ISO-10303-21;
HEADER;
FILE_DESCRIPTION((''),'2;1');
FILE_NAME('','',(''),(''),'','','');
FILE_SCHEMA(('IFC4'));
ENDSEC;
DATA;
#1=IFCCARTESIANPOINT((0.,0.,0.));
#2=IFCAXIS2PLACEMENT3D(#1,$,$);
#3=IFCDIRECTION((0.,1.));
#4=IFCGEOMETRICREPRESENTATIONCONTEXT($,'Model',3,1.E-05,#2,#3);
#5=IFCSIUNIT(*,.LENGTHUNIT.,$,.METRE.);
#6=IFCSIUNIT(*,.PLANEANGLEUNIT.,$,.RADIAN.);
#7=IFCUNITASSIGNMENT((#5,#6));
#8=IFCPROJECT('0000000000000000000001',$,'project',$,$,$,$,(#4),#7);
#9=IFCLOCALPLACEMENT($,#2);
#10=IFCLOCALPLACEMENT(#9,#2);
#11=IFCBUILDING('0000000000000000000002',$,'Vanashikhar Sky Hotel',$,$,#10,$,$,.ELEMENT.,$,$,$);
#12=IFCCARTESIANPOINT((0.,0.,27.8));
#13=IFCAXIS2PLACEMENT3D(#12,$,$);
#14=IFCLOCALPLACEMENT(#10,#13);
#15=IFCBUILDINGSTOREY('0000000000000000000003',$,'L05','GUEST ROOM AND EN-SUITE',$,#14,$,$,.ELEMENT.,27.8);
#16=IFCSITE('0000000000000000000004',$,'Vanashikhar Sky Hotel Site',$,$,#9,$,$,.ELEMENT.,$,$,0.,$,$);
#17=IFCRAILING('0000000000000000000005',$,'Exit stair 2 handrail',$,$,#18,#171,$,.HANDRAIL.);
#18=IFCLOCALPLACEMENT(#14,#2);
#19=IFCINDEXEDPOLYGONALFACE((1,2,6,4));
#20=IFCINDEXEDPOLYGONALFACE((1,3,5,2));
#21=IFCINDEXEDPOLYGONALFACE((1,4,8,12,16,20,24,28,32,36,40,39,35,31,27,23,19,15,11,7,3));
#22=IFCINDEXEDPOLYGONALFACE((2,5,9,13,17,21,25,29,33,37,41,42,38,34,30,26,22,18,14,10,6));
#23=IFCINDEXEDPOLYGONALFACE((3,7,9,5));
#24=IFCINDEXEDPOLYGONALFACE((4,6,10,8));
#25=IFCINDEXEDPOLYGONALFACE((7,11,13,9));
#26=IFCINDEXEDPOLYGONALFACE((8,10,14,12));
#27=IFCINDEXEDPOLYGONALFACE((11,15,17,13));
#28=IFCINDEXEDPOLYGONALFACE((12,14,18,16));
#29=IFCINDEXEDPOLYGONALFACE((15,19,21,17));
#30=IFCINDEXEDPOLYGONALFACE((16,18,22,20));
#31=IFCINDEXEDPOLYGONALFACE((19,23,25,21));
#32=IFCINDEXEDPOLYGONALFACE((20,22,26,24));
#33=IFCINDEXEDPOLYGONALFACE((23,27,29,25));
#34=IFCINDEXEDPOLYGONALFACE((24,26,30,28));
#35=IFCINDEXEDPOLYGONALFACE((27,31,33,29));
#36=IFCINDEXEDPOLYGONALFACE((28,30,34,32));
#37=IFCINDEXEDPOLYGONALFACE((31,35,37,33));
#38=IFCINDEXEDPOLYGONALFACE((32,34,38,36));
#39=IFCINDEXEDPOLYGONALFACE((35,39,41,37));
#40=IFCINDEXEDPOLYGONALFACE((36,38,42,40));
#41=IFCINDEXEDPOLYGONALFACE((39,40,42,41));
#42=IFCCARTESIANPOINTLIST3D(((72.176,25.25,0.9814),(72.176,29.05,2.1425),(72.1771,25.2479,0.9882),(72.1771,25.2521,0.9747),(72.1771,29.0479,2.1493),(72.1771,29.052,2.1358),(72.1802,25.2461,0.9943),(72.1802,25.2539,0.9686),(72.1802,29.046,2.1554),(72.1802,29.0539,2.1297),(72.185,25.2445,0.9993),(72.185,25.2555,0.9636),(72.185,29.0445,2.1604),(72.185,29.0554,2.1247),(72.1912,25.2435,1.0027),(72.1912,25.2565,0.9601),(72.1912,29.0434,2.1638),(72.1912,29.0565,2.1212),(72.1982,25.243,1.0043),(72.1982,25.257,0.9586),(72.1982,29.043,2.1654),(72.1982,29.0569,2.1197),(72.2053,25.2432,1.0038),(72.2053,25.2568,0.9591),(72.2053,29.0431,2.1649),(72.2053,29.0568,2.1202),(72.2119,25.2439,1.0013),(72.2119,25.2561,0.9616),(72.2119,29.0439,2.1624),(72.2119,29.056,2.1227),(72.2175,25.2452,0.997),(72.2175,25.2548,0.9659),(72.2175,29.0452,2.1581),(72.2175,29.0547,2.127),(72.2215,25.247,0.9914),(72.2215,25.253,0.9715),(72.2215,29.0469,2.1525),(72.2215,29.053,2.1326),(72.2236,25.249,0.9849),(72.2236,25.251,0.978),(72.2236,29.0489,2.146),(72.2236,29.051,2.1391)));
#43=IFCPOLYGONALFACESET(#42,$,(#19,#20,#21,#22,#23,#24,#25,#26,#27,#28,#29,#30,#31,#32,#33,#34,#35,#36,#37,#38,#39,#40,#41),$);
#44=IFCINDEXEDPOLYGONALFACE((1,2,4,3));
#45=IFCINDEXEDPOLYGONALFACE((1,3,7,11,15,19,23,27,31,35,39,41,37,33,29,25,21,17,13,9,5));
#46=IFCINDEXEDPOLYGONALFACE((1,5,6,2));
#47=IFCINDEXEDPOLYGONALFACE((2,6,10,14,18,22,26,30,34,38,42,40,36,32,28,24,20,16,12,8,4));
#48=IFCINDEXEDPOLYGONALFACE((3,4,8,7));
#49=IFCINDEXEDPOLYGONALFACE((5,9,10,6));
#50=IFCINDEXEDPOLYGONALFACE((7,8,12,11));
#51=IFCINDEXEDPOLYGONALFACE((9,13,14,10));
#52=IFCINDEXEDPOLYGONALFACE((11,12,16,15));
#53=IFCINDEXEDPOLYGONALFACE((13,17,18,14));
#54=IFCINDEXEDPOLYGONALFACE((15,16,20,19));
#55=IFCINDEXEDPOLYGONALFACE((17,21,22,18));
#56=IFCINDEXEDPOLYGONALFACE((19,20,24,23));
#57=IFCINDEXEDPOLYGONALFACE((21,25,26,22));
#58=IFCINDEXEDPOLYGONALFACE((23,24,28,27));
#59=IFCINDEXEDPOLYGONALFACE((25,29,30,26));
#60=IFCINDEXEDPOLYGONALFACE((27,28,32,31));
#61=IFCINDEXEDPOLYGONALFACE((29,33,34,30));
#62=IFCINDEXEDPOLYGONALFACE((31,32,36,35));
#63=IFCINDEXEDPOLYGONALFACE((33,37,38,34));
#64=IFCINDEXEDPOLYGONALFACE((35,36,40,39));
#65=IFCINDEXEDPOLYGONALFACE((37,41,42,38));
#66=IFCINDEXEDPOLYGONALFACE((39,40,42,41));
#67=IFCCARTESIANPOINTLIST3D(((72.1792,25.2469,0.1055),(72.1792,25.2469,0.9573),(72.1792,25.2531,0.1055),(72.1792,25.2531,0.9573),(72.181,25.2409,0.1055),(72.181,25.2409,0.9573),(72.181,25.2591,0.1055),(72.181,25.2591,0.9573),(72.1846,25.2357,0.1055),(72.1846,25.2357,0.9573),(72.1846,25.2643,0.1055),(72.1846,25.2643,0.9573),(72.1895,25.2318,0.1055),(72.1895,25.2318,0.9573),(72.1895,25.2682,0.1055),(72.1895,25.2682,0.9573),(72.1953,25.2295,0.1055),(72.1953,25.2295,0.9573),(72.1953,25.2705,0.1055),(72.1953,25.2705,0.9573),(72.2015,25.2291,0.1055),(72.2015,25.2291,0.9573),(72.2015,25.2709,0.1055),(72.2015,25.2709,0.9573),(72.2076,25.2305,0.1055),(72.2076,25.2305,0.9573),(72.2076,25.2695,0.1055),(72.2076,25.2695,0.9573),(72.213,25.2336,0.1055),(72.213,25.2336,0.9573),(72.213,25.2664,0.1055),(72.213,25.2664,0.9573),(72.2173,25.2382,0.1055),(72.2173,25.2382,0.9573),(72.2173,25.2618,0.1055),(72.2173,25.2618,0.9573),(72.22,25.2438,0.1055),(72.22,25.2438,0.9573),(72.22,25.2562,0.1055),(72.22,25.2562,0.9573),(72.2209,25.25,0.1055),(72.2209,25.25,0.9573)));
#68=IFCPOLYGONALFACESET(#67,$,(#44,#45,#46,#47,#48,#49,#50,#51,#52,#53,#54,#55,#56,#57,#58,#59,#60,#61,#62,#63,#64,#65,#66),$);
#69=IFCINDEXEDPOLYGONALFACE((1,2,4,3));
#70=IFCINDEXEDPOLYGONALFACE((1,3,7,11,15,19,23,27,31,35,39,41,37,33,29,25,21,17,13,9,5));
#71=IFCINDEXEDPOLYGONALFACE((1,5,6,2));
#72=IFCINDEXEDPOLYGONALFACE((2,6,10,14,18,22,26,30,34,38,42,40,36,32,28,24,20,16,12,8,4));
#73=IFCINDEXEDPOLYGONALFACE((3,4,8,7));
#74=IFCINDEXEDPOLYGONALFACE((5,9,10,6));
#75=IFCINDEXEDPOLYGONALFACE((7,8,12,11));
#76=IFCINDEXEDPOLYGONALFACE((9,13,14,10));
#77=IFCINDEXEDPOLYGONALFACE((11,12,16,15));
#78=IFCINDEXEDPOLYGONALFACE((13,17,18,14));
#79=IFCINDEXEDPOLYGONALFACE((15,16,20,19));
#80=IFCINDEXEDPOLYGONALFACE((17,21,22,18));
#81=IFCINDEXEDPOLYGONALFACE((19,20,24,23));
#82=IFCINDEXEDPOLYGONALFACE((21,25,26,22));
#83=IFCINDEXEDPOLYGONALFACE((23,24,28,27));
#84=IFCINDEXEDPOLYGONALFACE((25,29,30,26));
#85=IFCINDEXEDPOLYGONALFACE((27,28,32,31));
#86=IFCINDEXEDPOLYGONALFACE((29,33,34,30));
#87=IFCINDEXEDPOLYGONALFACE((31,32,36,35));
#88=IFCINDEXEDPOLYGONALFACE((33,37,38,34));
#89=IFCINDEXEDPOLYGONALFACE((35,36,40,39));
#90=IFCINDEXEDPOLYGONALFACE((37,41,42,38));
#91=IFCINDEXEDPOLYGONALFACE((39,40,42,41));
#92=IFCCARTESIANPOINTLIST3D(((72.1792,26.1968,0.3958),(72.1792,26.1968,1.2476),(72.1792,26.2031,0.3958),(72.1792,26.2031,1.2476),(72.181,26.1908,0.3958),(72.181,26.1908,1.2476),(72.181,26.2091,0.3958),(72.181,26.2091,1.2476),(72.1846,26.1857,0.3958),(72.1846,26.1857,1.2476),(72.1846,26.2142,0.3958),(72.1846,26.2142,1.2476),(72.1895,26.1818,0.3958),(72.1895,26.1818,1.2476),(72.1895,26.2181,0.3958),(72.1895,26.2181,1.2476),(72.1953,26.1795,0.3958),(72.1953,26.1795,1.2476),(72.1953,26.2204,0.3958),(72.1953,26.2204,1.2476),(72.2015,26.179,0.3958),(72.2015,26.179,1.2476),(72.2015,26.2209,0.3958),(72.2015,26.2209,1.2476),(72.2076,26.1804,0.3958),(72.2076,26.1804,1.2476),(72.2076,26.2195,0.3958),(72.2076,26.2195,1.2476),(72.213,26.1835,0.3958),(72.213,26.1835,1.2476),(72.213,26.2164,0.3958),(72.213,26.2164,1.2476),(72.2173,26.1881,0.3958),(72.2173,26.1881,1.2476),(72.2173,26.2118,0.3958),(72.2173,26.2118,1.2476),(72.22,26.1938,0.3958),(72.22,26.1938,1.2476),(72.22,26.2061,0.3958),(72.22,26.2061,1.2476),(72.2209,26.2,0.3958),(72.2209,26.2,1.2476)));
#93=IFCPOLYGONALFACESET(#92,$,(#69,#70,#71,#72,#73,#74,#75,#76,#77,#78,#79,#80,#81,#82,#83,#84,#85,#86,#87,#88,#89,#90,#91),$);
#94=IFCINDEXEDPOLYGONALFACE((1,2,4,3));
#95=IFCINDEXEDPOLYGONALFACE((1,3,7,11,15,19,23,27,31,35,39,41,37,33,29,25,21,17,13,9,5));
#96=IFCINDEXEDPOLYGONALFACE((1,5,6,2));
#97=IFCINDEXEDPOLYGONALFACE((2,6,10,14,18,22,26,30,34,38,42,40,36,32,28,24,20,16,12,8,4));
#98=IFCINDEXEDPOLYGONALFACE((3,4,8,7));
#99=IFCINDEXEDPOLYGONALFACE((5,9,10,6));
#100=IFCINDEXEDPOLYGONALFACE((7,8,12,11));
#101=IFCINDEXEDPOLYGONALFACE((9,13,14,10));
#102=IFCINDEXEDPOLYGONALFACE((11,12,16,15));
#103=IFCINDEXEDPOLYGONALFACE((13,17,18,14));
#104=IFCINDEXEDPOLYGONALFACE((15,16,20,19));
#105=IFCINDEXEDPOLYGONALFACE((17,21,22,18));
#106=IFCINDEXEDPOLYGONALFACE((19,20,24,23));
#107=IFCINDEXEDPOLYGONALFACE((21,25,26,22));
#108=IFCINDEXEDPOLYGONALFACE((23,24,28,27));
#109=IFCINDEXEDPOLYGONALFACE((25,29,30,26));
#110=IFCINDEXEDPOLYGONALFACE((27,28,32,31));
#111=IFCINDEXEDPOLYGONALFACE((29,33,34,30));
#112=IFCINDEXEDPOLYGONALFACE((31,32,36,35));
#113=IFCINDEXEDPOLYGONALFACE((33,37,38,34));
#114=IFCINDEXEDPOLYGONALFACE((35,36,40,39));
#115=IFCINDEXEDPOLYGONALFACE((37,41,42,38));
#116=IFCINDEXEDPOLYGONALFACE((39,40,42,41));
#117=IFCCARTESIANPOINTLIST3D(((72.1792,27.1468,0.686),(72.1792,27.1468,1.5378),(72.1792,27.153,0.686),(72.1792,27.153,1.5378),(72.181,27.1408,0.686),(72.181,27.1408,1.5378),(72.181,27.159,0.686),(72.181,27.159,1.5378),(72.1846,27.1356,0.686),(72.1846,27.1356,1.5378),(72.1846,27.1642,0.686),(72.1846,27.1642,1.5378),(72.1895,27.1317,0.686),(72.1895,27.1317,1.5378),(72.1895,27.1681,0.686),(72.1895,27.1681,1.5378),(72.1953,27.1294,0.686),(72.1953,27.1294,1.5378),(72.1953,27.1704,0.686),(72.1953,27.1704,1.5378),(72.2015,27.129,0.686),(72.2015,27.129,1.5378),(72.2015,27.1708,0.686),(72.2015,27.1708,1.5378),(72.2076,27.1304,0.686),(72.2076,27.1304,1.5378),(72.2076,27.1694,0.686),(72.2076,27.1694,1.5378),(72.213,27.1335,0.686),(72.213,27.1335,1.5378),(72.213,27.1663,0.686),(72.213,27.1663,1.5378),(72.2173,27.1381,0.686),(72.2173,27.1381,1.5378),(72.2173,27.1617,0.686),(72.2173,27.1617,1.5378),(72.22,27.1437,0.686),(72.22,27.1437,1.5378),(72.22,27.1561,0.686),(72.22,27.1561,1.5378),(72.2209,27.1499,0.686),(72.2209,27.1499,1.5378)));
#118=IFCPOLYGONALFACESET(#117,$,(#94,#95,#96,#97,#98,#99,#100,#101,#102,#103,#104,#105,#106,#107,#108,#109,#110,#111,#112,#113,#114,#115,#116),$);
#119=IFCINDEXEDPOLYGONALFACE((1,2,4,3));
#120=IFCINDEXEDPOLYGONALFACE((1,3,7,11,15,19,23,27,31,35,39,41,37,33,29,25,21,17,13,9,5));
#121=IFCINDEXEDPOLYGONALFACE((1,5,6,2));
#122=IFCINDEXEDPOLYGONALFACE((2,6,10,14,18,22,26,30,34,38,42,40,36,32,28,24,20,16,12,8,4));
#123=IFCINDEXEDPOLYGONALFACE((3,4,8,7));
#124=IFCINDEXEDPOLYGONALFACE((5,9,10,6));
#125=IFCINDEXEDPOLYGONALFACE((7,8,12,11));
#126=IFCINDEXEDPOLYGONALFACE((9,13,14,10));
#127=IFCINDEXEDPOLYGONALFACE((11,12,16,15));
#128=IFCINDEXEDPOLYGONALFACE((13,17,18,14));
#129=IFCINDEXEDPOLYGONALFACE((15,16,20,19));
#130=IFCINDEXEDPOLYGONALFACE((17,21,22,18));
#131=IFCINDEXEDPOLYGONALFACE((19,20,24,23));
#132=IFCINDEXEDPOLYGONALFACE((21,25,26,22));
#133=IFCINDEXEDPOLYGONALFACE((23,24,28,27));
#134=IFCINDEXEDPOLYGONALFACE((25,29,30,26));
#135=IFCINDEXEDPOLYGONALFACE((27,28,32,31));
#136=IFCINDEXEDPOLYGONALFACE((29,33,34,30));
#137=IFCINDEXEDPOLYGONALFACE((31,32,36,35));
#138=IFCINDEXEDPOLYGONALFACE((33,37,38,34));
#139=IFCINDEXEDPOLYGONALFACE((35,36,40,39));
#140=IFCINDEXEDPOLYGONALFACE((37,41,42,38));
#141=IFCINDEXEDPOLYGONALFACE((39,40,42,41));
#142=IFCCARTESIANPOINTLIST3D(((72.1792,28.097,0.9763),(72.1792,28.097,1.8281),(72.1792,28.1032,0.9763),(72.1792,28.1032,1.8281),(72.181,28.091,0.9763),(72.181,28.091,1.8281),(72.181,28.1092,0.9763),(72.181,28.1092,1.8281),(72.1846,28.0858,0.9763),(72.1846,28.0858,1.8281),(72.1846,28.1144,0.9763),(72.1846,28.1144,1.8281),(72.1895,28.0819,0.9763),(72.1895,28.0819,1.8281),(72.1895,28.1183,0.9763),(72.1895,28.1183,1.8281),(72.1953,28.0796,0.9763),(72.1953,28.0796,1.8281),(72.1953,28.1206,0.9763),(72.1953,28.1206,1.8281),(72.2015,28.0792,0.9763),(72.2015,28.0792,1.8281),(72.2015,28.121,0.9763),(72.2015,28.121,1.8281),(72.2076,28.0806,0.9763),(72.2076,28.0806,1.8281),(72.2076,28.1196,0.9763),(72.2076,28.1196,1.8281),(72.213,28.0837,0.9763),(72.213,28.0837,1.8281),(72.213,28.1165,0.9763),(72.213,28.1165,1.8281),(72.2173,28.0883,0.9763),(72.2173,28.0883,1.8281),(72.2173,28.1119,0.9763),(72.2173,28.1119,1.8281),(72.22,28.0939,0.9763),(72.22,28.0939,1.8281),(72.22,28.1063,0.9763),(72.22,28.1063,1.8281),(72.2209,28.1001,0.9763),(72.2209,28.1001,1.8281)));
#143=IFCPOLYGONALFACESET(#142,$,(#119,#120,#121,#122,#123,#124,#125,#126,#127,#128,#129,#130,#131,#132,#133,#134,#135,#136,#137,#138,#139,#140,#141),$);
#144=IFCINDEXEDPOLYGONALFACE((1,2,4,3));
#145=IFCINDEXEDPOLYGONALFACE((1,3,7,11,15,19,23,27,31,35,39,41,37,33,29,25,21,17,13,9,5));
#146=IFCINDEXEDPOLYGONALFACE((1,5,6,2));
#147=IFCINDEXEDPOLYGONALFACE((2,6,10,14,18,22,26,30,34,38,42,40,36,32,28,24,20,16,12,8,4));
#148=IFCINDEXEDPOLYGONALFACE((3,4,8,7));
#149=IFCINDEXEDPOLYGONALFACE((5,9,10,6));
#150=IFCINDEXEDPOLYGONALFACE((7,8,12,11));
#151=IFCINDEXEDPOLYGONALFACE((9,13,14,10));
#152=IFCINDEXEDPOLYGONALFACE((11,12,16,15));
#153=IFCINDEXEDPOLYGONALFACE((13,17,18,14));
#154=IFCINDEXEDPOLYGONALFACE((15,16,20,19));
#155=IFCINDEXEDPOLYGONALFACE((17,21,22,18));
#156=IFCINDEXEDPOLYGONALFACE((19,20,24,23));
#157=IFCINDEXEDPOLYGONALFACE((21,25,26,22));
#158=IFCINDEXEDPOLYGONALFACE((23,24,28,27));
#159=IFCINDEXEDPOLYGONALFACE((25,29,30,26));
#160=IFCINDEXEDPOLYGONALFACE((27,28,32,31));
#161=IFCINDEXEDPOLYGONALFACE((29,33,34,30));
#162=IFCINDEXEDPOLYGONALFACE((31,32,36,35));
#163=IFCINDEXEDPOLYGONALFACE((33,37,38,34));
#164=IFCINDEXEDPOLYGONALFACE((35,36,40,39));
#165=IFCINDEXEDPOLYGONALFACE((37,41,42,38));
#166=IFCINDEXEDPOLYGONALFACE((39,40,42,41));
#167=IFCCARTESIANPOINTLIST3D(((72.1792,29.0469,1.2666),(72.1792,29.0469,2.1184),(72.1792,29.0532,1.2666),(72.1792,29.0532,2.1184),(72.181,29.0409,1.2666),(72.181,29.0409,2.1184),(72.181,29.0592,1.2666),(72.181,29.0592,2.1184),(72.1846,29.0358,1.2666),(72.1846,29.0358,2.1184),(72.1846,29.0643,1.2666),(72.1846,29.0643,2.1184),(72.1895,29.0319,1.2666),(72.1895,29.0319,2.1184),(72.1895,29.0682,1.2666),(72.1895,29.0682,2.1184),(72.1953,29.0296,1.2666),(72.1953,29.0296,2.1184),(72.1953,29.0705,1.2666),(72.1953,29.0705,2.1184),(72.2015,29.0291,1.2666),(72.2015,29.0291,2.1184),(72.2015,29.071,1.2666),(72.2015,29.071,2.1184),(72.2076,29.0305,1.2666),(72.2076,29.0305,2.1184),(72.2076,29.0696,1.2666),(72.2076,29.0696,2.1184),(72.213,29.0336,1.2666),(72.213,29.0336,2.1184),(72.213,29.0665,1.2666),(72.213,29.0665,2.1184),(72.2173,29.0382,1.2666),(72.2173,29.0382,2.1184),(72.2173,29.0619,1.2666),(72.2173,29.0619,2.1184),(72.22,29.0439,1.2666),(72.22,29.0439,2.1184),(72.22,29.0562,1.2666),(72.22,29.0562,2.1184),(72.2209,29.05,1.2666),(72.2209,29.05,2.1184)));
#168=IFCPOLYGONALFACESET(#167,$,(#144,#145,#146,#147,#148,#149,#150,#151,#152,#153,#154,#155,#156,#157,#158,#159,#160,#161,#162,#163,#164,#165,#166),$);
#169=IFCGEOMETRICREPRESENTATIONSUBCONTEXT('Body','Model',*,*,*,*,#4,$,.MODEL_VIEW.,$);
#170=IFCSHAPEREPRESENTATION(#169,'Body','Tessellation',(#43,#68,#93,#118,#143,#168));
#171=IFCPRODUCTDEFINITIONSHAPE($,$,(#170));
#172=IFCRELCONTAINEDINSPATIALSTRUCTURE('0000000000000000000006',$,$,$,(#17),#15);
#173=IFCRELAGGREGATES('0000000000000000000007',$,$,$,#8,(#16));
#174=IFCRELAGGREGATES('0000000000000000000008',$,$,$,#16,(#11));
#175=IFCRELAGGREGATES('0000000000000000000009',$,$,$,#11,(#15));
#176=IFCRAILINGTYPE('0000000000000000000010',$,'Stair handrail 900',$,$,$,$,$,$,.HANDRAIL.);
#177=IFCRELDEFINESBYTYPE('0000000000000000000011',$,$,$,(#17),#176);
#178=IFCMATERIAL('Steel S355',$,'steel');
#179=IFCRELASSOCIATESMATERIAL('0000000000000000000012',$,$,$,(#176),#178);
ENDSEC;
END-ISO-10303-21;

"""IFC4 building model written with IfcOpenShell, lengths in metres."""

from ifc_helpers import new_model, si_unit, direction, frame, origin, origin_2d, place, context, subcontext, project, spatial, circle, extrude, source, transform, mapped, material, type_object, element, save


model = new_model("IFC4")

# Units and contexts
model_context = context("Model", 3, precision=1e-05, world=origin(), true_north=direction((0.0, 1.0)))
body_context = subcontext(model_context, "Body", "Model", "MODEL_VIEW")
ifc_project = project(units=[si_unit("LENGTHUNIT", "METRE"), si_unit("PLANEANGLEUNIT", "RADIAN")], contexts=[model_context])

# Site, building, storey
site_placement = place(None, origin())
site = spatial("IfcSite", under=ifc_project, at=site_placement, Name="Vanashikhar Sky Hotel Site", CompositionType="ELEMENT", RefElevation=0.0)
building_placement = place(site_placement, origin())
building = spatial("IfcBuilding", under=site, at=building_placement, Name="Vanashikhar Sky Hotel", CompositionType="ELEMENT")
storey_placement = place(building_placement, frame((0.0, 0.0, 27.8)))
storey = spatial("IfcBuildingStorey", under=building, at=storey_placement, Name="L05", Description="GUEST ROOM AND EN-SUITE", CompositionType="ELEMENT", Elevation=27.8)

# Railing
ifc_material_1 = material(Name="Steel S355", Category="steel")
railing_type = type_object("IfcRailingType", Name="Stair handrail 900", PredefinedType="HANDRAIL", material=ifc_material_1)
shared_shape_1 = source(origin(), body_context, "Body", "SweptSolid", [
    extrude(circle(Radius=0.0239, at=origin_2d()), frame((0.0, 0.0, 0.876), z_axis=(0.0, 0.956351, 0.29222), x_axis=(-1.0, 0.0, 0.0)), (0.0, 0.0, 1.0), 3.9734),
    extrude(circle(Radius=0.021, at=origin_2d()), origin(), (0.0, 0.0, 1.0), 0.8518),
    extrude(circle(Radius=0.021, at=origin_2d()), frame((0.0, 0.95, 0.2903)), (0.0, 0.0, 1.0), 0.8518),
    extrude(circle(Radius=0.021, at=origin_2d()), frame((0.0, 1.8999, 0.5806)), (0.0, 0.0, 1.0), 0.8518),
    extrude(circle(Radius=0.021, at=origin_2d()), frame((0.0, 2.8501, 0.8708)), (0.0, 0.0, 1.0), 0.8518),
    extrude(circle(Radius=0.021, at=origin_2d()), frame((0.0, 3.8, 1.1611)), (0.0, 0.0, 1.0), 0.8518),
])
for number, where, name in (
    (1, (72.2, 25.25, 0.1055), "Exit stair 2 handrail"),
):
    element("IfcRailing", number, at=place(storey_placement, frame(where)), inside=storey, type_object=railing_type, Name=name, PredefinedType="HANDRAIL", context=body_context, shape_type="MappedRepresentation", body=[
        mapped(shared_shape_1, transform((0.0, 0.0, 0.0), scale=1.0)),
    ])

save(model, "model.ifc")
